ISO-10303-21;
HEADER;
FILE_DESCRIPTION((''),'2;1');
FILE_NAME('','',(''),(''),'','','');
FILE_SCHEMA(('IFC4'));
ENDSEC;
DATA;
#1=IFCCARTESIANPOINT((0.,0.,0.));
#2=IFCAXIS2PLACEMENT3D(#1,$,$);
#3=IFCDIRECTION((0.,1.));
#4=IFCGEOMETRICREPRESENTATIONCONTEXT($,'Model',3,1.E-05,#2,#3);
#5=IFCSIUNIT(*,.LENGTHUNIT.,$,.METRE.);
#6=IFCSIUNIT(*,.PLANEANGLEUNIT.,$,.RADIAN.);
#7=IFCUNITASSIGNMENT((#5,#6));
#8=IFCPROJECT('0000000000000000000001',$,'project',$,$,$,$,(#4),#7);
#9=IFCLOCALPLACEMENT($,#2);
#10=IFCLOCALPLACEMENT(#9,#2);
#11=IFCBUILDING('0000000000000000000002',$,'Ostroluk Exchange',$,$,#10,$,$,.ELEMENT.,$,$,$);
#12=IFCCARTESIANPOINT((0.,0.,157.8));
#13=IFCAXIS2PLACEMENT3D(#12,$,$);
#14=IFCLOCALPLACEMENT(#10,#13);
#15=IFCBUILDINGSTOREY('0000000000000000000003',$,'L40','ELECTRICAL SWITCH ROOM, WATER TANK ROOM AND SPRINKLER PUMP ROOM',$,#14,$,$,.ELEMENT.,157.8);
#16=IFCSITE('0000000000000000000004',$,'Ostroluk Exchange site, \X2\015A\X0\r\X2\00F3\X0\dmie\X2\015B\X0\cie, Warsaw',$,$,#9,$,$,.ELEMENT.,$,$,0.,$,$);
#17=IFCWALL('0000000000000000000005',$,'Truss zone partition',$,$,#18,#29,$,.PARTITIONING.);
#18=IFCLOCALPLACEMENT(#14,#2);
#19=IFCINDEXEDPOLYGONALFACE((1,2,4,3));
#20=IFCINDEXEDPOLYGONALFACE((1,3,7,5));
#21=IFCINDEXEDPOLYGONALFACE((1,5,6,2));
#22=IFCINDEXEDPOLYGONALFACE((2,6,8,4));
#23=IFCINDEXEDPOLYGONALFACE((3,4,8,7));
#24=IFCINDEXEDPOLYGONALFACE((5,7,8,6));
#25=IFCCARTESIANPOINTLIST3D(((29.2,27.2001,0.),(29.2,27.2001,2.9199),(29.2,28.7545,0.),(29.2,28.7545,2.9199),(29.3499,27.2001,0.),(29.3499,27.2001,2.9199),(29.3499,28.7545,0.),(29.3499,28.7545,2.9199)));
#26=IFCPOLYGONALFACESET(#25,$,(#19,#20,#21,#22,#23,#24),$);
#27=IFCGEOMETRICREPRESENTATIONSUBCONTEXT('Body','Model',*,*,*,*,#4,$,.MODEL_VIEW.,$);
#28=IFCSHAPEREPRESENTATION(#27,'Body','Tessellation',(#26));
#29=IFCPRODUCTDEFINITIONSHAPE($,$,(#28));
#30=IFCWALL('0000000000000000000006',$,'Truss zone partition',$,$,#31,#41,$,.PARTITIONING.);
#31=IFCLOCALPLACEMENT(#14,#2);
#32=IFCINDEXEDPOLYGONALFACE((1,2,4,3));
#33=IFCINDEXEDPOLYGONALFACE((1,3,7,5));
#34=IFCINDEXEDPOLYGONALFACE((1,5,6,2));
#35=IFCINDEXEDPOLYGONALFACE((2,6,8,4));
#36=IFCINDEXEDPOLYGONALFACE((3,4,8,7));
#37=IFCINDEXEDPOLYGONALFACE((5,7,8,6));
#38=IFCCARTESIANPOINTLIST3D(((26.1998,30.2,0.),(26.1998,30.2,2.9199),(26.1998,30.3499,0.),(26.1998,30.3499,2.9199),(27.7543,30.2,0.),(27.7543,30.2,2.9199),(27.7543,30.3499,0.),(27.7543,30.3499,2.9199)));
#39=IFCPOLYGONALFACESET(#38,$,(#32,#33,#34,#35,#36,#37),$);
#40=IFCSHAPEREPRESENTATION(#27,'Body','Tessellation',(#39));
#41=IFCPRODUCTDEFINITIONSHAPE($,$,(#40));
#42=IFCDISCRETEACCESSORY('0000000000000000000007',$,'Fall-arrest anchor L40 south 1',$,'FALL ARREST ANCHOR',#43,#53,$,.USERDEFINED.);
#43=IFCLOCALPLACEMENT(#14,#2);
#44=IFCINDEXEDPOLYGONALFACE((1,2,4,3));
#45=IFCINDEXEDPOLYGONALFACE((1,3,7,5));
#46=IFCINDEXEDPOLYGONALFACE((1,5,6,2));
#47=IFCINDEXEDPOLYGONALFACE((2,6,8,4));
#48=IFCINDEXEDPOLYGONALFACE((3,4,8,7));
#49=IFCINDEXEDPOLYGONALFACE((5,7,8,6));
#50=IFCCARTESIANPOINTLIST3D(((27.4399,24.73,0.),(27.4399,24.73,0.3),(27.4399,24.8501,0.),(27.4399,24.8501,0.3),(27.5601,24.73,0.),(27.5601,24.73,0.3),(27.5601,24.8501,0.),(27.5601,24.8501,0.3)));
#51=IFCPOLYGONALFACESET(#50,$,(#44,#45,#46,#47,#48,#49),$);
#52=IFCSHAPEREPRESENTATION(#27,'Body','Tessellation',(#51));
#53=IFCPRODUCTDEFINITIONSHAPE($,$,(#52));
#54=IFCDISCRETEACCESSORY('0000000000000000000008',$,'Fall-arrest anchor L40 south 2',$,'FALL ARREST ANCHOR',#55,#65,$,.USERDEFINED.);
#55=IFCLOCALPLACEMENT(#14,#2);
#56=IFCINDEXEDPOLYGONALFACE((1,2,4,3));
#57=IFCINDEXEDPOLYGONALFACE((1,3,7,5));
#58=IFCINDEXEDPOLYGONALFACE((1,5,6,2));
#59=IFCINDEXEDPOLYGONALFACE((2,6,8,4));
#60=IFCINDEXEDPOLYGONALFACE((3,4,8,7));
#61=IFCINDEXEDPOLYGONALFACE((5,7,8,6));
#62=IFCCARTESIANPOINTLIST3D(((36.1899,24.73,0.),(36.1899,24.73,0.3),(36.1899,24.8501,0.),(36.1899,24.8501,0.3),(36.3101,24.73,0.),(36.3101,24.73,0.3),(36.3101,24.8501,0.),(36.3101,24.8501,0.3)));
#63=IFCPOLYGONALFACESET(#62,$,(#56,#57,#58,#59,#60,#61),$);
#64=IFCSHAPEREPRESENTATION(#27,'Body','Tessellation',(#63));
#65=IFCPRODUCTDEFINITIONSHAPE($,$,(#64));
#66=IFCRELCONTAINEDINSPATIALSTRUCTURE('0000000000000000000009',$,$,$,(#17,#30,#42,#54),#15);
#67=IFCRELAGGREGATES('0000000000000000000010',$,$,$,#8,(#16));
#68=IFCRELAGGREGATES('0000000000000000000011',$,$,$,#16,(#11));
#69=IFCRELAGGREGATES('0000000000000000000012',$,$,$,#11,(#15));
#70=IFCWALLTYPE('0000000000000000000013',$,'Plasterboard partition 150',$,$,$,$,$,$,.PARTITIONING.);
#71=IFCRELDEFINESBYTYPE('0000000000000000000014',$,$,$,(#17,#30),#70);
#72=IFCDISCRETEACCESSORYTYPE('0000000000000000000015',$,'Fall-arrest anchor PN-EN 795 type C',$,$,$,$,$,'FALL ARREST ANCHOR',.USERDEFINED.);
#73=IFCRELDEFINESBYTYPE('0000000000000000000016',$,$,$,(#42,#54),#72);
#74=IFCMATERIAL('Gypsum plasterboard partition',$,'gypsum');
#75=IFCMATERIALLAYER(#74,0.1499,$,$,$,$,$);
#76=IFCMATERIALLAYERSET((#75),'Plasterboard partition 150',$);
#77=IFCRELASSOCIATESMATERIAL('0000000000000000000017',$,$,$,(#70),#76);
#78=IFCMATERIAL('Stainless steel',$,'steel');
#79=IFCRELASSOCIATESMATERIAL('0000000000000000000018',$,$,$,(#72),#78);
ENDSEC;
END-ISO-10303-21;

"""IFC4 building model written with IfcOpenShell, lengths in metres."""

from ifc_helpers import new_model, si_unit, direction, frame, frame_2d, origin, origin_2d, place, context, subcontext, project, spatial, rectangle, extrude, material, layer, layer_set, type_object, element, save


model = new_model("IFC4")

# Units and contexts
model_context = context("Model", 3, precision=1e-05, world=origin(), true_north=direction((0.0, 1.0)))
body_context = subcontext(model_context, "Body", "Model", "MODEL_VIEW")
ifc_project = project(units=[si_unit("LENGTHUNIT", "METRE"), si_unit("PLANEANGLEUNIT", "RADIAN")], contexts=[model_context])

# Site, building, storey
site_placement = place(None, origin())
site = spatial("IfcSite", under=ifc_project, at=site_placement, Name="Ostroluk Exchange site, Śródmieście, Warsaw", CompositionType="ELEMENT", RefElevation=0.0)
building_placement = place(site_placement, origin())
building = spatial("IfcBuilding", under=site, at=building_placement, Name="Ostroluk Exchange", CompositionType="ELEMENT")
storey_placement = place(building_placement, frame((0.0, 0.0, 157.8)))
storey = spatial("IfcBuildingStorey", under=building, at=storey_placement, Name="L40", Description="ELECTRICAL SWITCH ROOM, WATER TANK ROOM AND SPRINKLER PUMP ROOM", CompositionType="ELEMENT", Elevation=157.8)

# Walls
ifc_material_1 = material(Name="Gypsum plasterboard partition", Category="gypsum")
ifc_layer_1 = layer(ifc_material_1, 0.1499)
ifc_layer_set_1 = layer_set([ifc_layer_1], Name="Plasterboard partition 150")
wall_type_1 = type_object("IfcWallType", Name="Plasterboard partition 150", PredefinedType="PARTITIONING", material=ifc_layer_set_1)
for number, where, z_axis, x_axis, name in (
    (1, (29.2749, 27.2, 0.0), (0.0, 0.0, 1.0), (0.0, 1.0, 0.0), "Truss zone partition"),
    (2, (27.7544, 30.2749, 0.0), (0.0, 0.0, 1.0), (-1.0, 0.0, 0.0), "Truss zone partition"),
):
    element("IfcWall", number, at=place(storey_placement, frame(where, z_axis=z_axis, x_axis=x_axis)), inside=storey, type_object=wall_type_1, Name=name, PredefinedType="PARTITIONING", context=body_context, shape_type="SweptSolid", body=[
        extrude(rectangle(XDim=1.5544, YDim=0.1499, at=frame_2d((0.7773, 0.0))), origin(), (0.0, 0.0, 1.0), 2.9199),
    ])

# Discrete accessories
ifc_material_2 = material(Name="Stainless steel", Category="steel")
discrete_accessory_type = type_object("IfcDiscreteAccessoryType", Name="Fall-arrest anchor PN-EN 795 type C", ElementType="FALL ARREST ANCHOR", PredefinedType="USERDEFINED", material=ifc_material_2)
for number, where, z_axis, x_axis, name in (
    (3, (27.5, 24.79, 0.0), (0.0, 0.0, 1.0), (1.0, 0.0, 0.0), "Fall-arrest anchor L40 south 1"),
    (4, (36.25, 24.79, 0.0), (0.0, 0.0, 1.0), (1.0, 0.0, 0.0), "Fall-arrest anchor L40 south 2"),
):
    element("IfcDiscreteAccessory", number, at=place(storey_placement, frame(where, z_axis=z_axis, x_axis=x_axis)), inside=storey, type_object=discrete_accessory_type, Name=name, ObjectType="FALL ARREST ANCHOR", PredefinedType="USERDEFINED", context=body_context, shape_type="SweptSolid", body=[
        extrude(rectangle(XDim=0.1201, YDim=0.1201, at=origin_2d()), origin(), (0.0, 0.0, 1.0), 0.3),
    ])

save(model, "model.ifc")
